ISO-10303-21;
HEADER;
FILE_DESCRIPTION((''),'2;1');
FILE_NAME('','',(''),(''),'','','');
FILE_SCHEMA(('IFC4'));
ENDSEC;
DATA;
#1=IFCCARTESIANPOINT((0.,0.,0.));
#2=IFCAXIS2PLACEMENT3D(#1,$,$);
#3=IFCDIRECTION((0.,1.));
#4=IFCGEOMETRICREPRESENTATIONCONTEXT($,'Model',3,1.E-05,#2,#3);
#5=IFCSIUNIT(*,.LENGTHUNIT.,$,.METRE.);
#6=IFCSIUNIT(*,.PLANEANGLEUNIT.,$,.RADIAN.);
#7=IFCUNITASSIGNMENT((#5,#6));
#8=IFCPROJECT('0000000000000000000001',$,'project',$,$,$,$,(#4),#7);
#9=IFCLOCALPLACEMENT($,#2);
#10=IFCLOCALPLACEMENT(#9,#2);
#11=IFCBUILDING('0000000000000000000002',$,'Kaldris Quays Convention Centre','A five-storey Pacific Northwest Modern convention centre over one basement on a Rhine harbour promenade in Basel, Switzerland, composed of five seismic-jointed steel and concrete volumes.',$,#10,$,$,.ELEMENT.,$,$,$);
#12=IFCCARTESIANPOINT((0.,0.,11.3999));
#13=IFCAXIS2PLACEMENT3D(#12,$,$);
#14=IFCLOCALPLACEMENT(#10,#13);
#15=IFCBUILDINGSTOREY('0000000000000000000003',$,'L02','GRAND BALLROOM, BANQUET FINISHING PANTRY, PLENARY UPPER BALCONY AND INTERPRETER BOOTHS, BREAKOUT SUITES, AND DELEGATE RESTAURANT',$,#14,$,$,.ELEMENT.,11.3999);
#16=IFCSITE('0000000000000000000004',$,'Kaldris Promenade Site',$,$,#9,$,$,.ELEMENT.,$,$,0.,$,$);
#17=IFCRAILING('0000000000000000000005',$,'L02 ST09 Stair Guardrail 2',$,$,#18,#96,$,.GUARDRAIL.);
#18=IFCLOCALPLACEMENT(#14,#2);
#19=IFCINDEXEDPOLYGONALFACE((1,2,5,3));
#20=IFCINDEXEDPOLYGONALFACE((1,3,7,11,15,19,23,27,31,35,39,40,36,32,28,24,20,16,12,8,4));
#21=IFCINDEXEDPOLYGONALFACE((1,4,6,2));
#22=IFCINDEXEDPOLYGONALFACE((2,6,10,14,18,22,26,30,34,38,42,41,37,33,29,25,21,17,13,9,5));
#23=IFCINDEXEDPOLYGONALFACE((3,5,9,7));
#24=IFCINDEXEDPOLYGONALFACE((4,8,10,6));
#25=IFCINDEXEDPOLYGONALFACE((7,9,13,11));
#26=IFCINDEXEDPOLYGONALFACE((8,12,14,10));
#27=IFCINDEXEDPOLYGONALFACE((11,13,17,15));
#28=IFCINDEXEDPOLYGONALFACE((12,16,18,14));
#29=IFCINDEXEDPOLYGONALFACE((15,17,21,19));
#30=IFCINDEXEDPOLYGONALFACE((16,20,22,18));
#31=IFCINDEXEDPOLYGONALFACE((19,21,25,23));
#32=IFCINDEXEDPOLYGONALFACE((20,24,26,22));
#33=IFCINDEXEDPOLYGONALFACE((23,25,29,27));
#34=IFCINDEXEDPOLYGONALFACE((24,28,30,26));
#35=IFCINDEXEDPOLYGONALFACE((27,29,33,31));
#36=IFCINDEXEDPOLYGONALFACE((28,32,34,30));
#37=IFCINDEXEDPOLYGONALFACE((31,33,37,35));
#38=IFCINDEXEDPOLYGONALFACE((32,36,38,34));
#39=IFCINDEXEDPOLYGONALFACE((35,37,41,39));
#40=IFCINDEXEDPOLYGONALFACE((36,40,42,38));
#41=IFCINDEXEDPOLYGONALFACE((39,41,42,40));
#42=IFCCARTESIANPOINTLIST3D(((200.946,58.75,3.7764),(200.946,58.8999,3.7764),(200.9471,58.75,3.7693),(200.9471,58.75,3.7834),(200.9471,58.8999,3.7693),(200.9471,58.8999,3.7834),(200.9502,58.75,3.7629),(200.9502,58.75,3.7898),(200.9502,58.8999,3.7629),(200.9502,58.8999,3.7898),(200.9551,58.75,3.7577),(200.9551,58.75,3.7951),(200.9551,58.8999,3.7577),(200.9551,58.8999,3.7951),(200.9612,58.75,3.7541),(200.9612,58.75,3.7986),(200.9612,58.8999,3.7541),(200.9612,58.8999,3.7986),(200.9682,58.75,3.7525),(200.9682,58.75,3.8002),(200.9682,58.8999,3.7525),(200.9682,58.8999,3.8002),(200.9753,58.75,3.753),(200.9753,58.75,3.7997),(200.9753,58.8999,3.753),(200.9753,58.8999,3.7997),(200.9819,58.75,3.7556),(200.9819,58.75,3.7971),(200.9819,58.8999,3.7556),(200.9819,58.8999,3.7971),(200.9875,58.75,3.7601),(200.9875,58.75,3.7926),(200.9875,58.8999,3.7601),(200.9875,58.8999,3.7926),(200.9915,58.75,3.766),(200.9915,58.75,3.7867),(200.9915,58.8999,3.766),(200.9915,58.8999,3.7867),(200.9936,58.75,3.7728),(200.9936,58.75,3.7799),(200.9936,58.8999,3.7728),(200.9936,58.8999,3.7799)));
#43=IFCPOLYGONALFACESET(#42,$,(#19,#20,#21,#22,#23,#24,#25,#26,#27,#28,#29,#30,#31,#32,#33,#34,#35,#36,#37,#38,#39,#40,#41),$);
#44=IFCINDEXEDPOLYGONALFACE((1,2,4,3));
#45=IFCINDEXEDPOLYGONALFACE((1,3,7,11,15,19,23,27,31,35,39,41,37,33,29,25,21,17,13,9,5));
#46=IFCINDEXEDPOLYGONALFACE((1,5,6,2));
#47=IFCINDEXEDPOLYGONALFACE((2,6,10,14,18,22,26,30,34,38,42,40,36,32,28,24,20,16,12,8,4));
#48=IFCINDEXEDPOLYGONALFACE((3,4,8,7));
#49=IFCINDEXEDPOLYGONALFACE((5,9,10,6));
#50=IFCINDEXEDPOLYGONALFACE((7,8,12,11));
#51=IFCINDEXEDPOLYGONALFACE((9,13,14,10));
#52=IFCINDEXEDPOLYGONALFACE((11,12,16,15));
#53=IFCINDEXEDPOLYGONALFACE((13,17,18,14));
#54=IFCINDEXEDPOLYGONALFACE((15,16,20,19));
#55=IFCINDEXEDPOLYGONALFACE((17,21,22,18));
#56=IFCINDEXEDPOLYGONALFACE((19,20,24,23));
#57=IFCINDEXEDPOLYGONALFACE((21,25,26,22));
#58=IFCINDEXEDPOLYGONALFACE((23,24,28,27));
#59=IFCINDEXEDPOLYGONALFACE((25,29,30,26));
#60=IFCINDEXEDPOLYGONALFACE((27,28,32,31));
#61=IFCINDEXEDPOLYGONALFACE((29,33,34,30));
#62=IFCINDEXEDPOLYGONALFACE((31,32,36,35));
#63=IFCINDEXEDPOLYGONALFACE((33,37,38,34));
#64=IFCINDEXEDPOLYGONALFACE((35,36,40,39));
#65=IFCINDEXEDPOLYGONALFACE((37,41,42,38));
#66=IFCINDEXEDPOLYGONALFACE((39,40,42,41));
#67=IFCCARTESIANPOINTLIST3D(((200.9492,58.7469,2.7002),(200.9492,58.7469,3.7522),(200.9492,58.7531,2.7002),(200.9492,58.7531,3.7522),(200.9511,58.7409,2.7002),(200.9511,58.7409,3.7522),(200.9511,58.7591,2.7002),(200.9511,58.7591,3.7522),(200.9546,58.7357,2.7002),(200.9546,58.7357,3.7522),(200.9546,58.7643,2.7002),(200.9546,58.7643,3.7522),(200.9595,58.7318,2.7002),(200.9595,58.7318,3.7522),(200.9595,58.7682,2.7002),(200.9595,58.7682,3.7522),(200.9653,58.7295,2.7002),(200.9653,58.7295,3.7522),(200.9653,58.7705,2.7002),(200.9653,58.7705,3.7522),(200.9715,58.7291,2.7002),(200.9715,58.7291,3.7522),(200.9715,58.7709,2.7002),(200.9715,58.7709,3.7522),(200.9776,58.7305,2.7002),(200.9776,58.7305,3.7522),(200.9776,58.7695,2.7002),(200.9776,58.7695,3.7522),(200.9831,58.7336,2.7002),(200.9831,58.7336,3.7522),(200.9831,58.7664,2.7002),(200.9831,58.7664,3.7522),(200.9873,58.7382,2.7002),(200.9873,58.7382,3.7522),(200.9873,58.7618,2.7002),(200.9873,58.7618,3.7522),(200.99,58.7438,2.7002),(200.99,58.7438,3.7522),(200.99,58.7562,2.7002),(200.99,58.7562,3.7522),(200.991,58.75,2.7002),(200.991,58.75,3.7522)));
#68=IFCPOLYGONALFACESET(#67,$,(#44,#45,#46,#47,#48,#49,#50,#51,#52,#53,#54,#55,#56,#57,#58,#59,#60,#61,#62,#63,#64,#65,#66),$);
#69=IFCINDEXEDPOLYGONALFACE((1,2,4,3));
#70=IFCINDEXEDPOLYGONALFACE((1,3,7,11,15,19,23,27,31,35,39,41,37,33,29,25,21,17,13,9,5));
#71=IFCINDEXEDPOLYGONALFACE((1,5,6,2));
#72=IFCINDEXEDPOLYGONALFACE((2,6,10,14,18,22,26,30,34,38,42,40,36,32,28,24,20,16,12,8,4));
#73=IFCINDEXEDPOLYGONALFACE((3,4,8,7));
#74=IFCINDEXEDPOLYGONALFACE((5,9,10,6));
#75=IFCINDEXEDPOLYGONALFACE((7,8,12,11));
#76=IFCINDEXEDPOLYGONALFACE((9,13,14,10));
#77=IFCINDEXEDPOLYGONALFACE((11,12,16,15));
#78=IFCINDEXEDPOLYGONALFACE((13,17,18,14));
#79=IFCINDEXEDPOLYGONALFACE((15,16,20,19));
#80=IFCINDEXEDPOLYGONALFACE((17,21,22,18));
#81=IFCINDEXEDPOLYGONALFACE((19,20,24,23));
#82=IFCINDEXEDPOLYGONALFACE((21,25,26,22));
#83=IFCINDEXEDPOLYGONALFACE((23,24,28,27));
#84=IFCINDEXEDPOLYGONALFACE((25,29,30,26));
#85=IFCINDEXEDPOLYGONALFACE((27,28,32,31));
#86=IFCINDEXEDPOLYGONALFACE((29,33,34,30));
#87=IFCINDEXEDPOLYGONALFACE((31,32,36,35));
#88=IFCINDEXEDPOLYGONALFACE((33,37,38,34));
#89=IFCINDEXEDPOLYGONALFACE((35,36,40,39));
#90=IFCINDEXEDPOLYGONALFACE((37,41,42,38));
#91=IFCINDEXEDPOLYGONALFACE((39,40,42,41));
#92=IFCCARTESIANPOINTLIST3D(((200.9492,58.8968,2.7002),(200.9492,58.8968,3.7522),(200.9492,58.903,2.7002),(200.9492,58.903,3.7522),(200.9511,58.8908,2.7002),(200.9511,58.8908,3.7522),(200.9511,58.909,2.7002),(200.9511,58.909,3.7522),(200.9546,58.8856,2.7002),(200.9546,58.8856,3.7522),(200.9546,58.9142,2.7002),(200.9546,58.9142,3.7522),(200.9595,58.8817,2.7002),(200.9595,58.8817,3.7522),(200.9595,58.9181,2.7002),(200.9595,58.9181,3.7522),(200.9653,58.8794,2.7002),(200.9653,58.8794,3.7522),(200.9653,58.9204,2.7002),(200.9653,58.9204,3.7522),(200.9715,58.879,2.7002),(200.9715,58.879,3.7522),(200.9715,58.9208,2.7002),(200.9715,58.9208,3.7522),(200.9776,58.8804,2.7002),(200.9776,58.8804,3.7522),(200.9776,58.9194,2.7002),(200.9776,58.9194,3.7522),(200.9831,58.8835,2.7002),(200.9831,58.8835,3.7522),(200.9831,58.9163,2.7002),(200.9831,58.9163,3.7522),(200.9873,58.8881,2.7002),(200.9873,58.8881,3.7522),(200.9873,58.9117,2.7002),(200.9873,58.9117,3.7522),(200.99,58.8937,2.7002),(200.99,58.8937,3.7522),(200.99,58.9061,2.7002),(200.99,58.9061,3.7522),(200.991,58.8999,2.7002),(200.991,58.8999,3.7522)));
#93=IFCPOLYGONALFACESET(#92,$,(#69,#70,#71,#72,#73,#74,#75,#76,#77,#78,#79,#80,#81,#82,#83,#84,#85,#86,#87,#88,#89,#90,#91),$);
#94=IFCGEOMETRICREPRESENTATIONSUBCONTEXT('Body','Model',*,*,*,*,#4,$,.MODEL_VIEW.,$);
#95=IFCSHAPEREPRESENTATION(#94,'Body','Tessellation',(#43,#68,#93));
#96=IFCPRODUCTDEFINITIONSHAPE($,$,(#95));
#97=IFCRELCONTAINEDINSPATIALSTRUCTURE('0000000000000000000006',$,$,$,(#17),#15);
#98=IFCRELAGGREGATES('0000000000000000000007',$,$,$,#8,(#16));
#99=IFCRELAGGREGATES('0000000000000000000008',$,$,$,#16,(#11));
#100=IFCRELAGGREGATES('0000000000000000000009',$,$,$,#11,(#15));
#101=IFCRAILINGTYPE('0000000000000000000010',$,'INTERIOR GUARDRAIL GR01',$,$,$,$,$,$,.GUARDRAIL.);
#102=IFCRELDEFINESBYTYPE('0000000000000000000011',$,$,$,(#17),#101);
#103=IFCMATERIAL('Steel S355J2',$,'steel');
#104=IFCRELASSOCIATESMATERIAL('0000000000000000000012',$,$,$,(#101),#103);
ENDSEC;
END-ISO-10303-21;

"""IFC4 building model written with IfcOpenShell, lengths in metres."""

from ifc_helpers import new_model, si_unit, direction, frame, origin, origin_2d, place, context, subcontext, project, spatial, circle, extrude, material, type_object, element, save


model = new_model("IFC4")

# Units and contexts
model_context = context("Model", 3, precision=1e-05, world=origin(), true_north=direction((0.0, 1.0)))
body_context = subcontext(model_context, "Body", "Model", "MODEL_VIEW")
ifc_project = project(units=[si_unit("LENGTHUNIT", "METRE"), si_unit("PLANEANGLEUNIT", "RADIAN")], contexts=[model_context])

# Site, building, storey
site_placement = place(None, origin())
site = spatial("IfcSite", under=ifc_project, at=site_placement, Name="Kaldris Promenade Site", CompositionType="ELEMENT", RefElevation=0.0)
building_placement = place(site_placement, origin())
building = spatial("IfcBuilding", under=site, at=building_placement, Name="Kaldris Quays Convention Centre", Description="A five-storey Pacific Northwest Modern convention centre over one basement on a Rhine harbour promenade in Basel, Switzerland, composed of five seismic-jointed steel and concrete volumes.", CompositionType="ELEMENT")
storey_placement = place(building_placement, frame((0.0, 0.0, 11.3999)))
storey = spatial("IfcBuildingStorey", under=building, at=storey_placement, Name="L02", Description="GRAND BALLROOM, BANQUET FINISHING PANTRY, PLENARY UPPER BALCONY AND INTERPRETER BOOTHS, BREAKOUT SUITES, AND DELEGATE RESTAURANT", CompositionType="ELEMENT", Elevation=11.3999)

# Shared definitions
ifc_material_1 = material(Name="Steel S355J2", Category="steel")

# Railing
railing_type_1 = type_object("IfcRailingType", Name="INTERIOR GUARDRAIL GR01", PredefinedType="GUARDRAIL", material=ifc_material_1)
railing_1_placement = place(storey_placement, frame((200.97, 58.75, 2.7002)))
element("IfcRailing", 1, at=railing_1_placement, inside=storey, type_object=railing_type_1, Name="L02 ST09 Stair Guardrail 2", PredefinedType="GUARDRAIL", context=body_context, shape_type="SweptSolid", body=[
    extrude(circle(Radius=0.0239, at=origin_2d()), frame((0.0, 0.0, 1.0762), z_axis=(0.0, 1.0, 0.0), x_axis=(-1.0, 0.0, 0.0)), (0.0, 0.0, 1.0), 0.1499),
    extrude(circle(Radius=0.021, at=origin_2d()), origin(), (0.0, 0.0, 1.0), 1.052),
    extrude(circle(Radius=0.021, at=origin_2d()), frame((0.0, 0.1499, 0.0)), (0.0, 0.0, 1.0), 1.052),
])

save(model, "model.ifc")
